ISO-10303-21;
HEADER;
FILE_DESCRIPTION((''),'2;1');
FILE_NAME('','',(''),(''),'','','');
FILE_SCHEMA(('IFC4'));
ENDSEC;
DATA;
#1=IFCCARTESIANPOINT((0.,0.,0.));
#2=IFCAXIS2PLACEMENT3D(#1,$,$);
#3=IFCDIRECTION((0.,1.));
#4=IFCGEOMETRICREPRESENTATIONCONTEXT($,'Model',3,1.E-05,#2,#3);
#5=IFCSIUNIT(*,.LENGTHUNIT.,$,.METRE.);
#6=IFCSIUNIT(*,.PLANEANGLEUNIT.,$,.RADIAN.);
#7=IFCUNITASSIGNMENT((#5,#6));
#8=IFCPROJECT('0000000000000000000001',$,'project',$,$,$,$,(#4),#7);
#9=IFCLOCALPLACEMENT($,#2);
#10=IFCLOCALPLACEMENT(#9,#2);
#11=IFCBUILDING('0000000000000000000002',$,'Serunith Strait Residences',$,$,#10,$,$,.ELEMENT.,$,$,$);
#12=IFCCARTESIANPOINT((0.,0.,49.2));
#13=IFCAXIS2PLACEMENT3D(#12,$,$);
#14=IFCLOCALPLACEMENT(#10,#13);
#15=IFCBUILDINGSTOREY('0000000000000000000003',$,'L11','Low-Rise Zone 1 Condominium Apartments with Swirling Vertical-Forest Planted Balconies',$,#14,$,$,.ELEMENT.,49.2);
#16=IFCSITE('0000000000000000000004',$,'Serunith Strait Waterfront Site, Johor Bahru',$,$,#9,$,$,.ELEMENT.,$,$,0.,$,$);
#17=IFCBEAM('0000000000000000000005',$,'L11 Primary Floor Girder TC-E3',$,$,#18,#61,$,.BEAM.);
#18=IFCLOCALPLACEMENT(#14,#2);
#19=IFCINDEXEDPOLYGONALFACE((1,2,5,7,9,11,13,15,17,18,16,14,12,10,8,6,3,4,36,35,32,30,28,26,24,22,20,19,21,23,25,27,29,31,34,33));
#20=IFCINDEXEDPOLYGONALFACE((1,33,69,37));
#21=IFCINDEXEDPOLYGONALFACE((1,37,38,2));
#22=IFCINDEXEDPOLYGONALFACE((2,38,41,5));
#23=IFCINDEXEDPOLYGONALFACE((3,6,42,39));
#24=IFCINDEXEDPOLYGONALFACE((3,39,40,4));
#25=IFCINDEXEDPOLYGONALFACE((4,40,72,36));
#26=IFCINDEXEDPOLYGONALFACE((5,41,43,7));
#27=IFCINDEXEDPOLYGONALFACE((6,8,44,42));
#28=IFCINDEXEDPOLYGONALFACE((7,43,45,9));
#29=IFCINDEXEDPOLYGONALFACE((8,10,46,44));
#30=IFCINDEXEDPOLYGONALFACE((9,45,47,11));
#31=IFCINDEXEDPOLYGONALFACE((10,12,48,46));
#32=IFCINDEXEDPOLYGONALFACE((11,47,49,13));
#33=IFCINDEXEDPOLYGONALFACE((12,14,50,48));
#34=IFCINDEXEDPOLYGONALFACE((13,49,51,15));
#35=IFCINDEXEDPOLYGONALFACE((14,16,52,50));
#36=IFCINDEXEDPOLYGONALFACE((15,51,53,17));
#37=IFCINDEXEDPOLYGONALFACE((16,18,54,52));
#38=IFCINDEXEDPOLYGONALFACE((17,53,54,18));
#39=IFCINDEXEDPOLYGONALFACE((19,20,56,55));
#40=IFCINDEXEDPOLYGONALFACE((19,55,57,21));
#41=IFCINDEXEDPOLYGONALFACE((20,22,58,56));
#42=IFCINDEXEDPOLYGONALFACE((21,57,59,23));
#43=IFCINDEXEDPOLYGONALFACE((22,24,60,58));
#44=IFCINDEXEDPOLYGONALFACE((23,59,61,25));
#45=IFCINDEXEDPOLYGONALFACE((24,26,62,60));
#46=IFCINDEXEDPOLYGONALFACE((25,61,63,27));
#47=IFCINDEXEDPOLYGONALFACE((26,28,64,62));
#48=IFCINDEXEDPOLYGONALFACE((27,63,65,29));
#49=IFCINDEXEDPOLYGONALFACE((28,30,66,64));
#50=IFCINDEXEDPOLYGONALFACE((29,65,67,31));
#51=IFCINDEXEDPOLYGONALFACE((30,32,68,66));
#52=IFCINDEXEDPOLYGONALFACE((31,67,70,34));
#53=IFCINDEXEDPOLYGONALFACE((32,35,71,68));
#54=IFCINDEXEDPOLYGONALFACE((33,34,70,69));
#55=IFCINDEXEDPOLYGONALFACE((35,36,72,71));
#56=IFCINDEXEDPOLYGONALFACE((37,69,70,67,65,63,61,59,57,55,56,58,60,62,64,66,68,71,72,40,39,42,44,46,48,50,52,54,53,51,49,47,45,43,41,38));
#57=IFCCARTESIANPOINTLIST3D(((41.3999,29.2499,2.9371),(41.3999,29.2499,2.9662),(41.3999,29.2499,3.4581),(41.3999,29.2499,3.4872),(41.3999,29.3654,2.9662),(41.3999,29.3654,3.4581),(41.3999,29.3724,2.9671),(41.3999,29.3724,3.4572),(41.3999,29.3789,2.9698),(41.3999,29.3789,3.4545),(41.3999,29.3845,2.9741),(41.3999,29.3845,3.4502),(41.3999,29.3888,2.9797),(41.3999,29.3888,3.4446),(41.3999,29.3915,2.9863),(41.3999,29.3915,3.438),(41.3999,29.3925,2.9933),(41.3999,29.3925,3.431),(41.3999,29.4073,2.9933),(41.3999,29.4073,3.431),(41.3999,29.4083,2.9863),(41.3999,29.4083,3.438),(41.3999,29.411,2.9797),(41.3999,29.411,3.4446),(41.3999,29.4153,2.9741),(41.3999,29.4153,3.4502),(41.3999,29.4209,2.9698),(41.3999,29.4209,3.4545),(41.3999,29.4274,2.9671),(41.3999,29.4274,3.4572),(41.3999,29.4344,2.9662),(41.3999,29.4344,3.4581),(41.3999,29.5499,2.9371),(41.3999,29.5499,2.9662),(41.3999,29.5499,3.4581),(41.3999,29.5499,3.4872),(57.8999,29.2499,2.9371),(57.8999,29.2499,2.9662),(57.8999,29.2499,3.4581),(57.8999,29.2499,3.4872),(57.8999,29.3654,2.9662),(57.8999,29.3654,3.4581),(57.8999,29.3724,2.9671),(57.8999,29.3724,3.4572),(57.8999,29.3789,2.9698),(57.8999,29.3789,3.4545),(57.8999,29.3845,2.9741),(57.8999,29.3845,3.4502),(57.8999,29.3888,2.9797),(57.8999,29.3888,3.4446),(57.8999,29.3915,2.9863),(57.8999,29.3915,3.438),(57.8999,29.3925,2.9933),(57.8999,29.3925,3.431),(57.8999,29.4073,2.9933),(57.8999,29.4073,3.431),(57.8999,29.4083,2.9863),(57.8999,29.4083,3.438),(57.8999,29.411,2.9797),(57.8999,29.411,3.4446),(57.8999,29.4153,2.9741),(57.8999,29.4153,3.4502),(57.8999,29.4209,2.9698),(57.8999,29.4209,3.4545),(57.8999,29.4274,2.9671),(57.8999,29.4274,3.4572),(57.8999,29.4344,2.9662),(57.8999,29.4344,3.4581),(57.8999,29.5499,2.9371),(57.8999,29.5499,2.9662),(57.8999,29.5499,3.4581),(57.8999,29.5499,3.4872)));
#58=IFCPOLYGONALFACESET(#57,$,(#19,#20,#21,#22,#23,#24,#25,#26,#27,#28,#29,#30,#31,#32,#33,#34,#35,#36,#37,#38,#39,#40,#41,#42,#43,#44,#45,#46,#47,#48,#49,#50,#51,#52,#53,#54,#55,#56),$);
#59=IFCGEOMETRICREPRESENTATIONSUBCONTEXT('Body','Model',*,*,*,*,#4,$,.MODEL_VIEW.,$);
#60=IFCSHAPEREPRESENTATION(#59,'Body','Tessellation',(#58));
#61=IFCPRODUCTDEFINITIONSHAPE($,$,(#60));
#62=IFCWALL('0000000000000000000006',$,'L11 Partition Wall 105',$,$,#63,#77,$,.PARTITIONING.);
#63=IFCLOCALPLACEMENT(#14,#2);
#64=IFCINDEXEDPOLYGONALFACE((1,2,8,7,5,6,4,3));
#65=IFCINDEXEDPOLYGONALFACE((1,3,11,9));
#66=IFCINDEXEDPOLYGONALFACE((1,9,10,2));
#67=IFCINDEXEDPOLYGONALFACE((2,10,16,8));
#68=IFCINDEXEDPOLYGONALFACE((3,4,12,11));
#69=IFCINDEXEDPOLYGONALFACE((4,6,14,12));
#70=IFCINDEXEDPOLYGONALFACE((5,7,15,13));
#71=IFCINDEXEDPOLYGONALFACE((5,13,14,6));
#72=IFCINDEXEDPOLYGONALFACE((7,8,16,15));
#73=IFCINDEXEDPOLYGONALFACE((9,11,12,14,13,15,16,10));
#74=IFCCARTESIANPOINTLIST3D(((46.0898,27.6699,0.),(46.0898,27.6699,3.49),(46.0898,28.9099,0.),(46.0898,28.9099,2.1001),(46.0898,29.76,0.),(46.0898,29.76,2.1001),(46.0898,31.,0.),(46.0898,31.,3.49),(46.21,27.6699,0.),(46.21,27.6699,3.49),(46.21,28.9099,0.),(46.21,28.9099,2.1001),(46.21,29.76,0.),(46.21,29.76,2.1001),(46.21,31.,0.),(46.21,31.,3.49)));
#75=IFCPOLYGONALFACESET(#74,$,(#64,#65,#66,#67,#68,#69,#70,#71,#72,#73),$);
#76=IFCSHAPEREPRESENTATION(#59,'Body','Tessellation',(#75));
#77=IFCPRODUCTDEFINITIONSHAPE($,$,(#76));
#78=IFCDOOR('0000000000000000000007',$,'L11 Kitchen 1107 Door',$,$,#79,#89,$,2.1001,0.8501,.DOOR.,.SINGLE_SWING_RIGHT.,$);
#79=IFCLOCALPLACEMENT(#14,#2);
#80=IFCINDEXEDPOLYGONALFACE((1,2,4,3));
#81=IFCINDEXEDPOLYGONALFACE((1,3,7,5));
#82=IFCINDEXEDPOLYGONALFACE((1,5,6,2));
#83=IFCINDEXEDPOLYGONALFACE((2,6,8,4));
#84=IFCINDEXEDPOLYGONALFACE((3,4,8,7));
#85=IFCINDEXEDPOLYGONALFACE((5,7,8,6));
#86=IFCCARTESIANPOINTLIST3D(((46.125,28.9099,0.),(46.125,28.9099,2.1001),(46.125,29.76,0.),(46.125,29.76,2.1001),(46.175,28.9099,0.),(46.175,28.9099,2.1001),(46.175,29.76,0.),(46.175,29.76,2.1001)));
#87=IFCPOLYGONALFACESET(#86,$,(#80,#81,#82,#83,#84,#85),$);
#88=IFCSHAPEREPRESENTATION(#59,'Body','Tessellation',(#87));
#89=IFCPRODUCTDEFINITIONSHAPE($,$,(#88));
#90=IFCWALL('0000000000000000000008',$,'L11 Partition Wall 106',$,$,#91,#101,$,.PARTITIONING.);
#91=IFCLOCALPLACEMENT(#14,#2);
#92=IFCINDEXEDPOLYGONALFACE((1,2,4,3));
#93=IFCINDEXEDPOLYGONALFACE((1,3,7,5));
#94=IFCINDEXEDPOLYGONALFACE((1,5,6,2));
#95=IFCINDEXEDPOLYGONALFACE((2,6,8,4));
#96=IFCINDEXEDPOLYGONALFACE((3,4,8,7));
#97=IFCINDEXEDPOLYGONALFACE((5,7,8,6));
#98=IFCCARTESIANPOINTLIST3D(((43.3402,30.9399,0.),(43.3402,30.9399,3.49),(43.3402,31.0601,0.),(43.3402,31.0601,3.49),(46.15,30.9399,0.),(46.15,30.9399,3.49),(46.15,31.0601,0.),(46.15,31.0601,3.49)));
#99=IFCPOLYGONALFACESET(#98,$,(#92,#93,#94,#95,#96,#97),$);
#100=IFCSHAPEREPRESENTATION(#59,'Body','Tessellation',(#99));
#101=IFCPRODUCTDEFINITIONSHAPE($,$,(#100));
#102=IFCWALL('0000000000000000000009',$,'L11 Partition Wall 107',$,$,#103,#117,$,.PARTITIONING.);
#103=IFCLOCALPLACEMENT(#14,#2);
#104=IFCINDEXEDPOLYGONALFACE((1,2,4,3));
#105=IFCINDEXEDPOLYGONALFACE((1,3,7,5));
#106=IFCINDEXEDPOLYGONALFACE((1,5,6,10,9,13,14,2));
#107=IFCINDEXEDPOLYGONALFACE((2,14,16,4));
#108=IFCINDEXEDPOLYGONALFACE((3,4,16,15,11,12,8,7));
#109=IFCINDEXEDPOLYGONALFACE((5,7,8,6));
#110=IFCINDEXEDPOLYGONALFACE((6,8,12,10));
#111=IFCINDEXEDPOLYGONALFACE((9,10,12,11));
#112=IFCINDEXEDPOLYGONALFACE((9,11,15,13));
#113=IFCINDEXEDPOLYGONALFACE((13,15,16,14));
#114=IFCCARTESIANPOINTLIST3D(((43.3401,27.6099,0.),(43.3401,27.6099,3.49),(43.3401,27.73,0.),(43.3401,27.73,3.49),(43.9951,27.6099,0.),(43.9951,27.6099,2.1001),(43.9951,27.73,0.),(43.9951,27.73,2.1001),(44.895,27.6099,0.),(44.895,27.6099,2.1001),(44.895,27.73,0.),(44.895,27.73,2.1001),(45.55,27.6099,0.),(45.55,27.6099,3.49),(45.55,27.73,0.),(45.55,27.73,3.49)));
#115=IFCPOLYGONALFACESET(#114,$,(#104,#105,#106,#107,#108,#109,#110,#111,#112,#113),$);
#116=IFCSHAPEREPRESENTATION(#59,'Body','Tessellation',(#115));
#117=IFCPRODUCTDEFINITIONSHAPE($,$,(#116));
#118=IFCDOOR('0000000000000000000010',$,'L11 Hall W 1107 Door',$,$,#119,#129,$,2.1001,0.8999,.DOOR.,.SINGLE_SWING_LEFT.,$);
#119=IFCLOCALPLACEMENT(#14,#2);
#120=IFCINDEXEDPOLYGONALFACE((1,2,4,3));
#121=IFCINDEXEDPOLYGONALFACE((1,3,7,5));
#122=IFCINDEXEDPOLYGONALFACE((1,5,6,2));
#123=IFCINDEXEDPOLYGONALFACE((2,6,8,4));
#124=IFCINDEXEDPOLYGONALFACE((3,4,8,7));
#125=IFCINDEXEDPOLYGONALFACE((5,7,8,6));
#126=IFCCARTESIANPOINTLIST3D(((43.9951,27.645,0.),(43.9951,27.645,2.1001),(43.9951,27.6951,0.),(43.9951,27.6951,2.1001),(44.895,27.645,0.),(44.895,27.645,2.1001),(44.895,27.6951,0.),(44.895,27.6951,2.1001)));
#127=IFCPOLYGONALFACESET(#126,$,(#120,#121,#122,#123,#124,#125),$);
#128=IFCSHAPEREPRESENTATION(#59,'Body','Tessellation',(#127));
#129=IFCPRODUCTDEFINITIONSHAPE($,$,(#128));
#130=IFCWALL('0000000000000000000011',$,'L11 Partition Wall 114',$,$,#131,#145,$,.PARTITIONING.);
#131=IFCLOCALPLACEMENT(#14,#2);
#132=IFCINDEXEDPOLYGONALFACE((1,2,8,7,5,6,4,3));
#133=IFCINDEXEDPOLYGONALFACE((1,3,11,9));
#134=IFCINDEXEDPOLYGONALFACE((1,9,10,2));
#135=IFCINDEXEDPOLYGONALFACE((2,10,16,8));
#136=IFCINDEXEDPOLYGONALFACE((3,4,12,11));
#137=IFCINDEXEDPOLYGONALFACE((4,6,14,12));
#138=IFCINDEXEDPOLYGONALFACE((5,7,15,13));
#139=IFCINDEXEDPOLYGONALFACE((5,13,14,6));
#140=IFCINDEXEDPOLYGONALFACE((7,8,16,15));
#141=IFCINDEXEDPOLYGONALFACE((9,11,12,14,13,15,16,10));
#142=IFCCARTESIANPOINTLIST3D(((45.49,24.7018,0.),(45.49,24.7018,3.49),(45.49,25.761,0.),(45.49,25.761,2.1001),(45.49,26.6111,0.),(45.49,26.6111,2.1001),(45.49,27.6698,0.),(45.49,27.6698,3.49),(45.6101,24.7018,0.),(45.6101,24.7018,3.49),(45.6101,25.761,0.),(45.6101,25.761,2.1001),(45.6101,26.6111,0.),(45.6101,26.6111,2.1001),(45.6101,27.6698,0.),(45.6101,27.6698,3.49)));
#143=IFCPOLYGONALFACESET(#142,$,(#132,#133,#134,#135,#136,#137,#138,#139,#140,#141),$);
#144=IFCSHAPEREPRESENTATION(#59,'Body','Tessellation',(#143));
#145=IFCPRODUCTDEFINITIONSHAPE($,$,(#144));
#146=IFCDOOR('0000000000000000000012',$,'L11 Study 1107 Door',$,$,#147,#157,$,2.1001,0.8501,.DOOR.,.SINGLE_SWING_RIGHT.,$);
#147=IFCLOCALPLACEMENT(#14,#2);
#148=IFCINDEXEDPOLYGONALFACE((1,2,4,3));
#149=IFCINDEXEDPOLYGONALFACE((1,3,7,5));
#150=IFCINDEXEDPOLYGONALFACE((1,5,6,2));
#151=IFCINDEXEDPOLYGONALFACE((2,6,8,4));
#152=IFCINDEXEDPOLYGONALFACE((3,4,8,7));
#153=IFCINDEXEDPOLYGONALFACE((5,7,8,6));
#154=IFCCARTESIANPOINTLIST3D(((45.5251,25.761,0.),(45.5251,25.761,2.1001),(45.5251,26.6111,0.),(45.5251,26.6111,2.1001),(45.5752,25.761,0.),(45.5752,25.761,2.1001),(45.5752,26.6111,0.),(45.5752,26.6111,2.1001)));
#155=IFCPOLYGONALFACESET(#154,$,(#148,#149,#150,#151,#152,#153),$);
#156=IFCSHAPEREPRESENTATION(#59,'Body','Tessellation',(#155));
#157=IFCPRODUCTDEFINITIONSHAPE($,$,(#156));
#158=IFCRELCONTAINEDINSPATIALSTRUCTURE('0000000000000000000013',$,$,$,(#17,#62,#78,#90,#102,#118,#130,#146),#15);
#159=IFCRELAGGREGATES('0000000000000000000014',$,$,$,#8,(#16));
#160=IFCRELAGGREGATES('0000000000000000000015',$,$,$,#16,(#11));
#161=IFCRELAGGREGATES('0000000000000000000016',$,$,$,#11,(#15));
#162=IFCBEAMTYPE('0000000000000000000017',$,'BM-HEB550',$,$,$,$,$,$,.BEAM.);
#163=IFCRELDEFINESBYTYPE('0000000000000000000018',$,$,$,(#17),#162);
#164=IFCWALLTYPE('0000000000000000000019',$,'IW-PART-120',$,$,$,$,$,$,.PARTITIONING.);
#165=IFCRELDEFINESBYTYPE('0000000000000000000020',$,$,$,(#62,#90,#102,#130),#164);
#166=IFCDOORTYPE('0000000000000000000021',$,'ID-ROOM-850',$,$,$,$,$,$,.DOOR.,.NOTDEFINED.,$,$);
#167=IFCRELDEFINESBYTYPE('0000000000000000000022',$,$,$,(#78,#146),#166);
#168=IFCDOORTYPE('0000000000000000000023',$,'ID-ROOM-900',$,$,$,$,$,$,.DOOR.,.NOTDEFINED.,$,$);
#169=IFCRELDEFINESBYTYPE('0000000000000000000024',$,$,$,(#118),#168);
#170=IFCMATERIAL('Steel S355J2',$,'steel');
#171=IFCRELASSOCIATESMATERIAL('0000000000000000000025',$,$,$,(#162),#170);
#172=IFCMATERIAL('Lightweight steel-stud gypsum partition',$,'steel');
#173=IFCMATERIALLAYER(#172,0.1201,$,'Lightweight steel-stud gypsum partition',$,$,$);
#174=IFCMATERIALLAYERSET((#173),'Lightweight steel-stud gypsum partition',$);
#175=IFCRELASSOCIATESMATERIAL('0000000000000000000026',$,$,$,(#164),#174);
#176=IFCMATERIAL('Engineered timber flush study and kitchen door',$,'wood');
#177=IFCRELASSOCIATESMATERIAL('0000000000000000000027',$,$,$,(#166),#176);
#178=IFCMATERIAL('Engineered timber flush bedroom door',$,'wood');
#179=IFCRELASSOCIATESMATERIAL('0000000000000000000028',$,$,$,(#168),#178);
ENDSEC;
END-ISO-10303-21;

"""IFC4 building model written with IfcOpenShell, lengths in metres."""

from ifc_helpers import new_model, si_unit, direction, frame, frame_2d, origin, origin_2d, place, context, subcontext, project, spatial, rectangle, i_section, extrude, source, transform, mapped, material, layer, layer_set, material_profile, profile_set, type_object, element, fill, save


model = new_model("IFC4")

# Units and contexts
model_context = context("Model", 3, precision=1e-05, world=origin(), true_north=direction((0.0, 1.0)))
body_context = subcontext(model_context, "Body", "Model", "MODEL_VIEW")
ifc_project = project(units=[si_unit("LENGTHUNIT", "METRE"), si_unit("PLANEANGLEUNIT", "RADIAN")], contexts=[model_context])

# Site, building, storey
site_placement = place(None, origin())
site = spatial("IfcSite", under=ifc_project, at=site_placement, Name="Serunith Strait Waterfront Site, Johor Bahru", CompositionType="ELEMENT", RefElevation=0.0)
building_placement = place(site_placement, origin())
building = spatial("IfcBuilding", under=site, at=building_placement, Name="Serunith Strait Residences", CompositionType="ELEMENT")
storey_placement = place(building_placement, frame((0.0, 0.0, 49.2)))
storey = spatial("IfcBuildingStorey", under=building, at=storey_placement, Name="L11", Description="Low-Rise Zone 1 Condominium Apartments with Swirling Vertical-Forest Planted Balconies", CompositionType="ELEMENT", Elevation=49.2)

# Beam
ifc_material_1 = material(Name="Steel S355J2", Category="steel")
ifc_material_profile = material_profile(ifc_material_1, i_section(OverallWidth=0.3, OverallDepth=0.55, WebThickness=0.0149, FlangeThickness=0.0291, FilletRadius=0.0271, at=origin_2d()), Name="HEB 550")
ifc_profile_set = profile_set([ifc_material_profile], Name="Steel S355J2")
beam_type = type_object("IfcBeamType", Name="BM-HEB550", PredefinedType="BEAM", material=ifc_profile_set)
shared_shape_1 = source(origin(), body_context, "Body", "SweptSolid", [
    extrude(i_section(OverallWidth=0.3, OverallDepth=0.55, WebThickness=0.0149, FlangeThickness=0.0291, FilletRadius=0.0271, at=origin_2d()), origin(), (0.0, 0.0, 1.0), 16.5),
])
beam_placement = place(storey_placement, frame((41.3999, 29.3999, 3.2122), z_axis=(1.0, 0.0, 0.0), x_axis=(0.0, 1.0, 0.0)))
element("IfcBeam", 1, at=beam_placement, inside=storey, type_object=beam_type, Name="L11 Primary Floor Girder TC-E3", PredefinedType="BEAM", context=body_context, shape_type="MappedRepresentation", body=[
    mapped(shared_shape_1, transform((0.0, 0.0, 0.0), scale=1.0)),
])

# Wall, opening, door
ifc_material_2 = material(Name="Lightweight steel-stud gypsum partition", Category="steel")
ifc_layer_1 = layer(ifc_material_2, 0.1201, Name="Lightweight steel-stud gypsum partition")
ifc_layer_set_1 = layer_set([ifc_layer_1], Name="Lightweight steel-stud gypsum partition")
wall_type_1 = type_object("IfcWallType", Name="IW-PART-120", PredefinedType="PARTITIONING", material=ifc_layer_set_1)
wall_1_placement = place(storey_placement, frame((46.1499, 27.6699, 0.0), z_axis=(0.0, 0.0, 1.0), x_axis=(0.0, 1.0, 0.0)))
wall_1 = element("IfcWall", 2, at=wall_1_placement, inside=storey, type_object=wall_type_1, Name="L11 Partition Wall 105", PredefinedType="PARTITIONING", context=body_context, shape_type="SweptSolid", body=[
    extrude(rectangle(XDim=3.3301, YDim=0.1201, at=frame_2d((1.665, 0.0))), origin(), (0.0, 0.0, 1.0), 3.49),
])
opening_1_placement = place(wall_1_placement, frame((1.24, 0.0, 0.0)))
opening_1 = element("IfcOpeningElement", 3, at=opening_1_placement, cuts=wall_1, PredefinedType="OPENING", context=body_context, shape_type="SweptSolid", body=[
    extrude(rectangle(XDim=0.8501, YDim=2.1001, at=frame_2d((0.425, 1.05))), frame((0.0, 0.0701, 0.0), z_axis=(0.0, -1.0, 0.0), x_axis=(1.0, 0.0, 0.0)), (0.0, 0.0, 1.0), 0.1401),
])
ifc_material_3 = material(Name="Engineered timber flush study and kitchen door", Category="wood")
door_type_1 = type_object("IfcDoorType", Name="ID-ROOM-850", OperationType="NOTDEFINED", PredefinedType="DOOR", material=ifc_material_3)
shared_shape_2 = source(origin(), body_context, "Body", "SweptSolid", [
    extrude(rectangle(XDim=0.8501, YDim=2.1001, at=frame_2d((0.425, 1.05))), frame((0.0, 0.0249, 0.0), z_axis=(0.0, -1.0, 0.0), x_axis=(1.0, 0.0, 0.0)), (0.0, 0.0, 1.0), 0.05),
])
door_1_placement = place(opening_1_placement, origin())
door_1 = element("IfcDoor", 4, at=door_1_placement, inside=storey, type_object=door_type_1, Name="L11 Kitchen 1107 Door", OperationType="SINGLE_SWING_RIGHT", OverallHeight=2.1001, OverallWidth=0.8501, PredefinedType="DOOR", context=body_context, shape_type="MappedRepresentation", body=[
    mapped(shared_shape_2, transform((0.0, 0.0, 0.0), scale=1.0)),
])
fill(opening_1, door_1)

# Wall
wall_2_placement = place(storey_placement, frame((46.1499, 31.0, 0.0), z_axis=(0.0, 0.0, 1.0), x_axis=(-1.0, 0.0, 0.0)))
element("IfcWall", 5, at=wall_2_placement, inside=storey, type_object=wall_type_1, Name="L11 Partition Wall 106", PredefinedType="PARTITIONING", context=body_context, shape_type="SweptSolid", body=[
    extrude(rectangle(XDim=2.8098, YDim=0.1201, at=frame_2d((1.4048, 0.0))), origin(), (0.0, 0.0, 1.0), 3.49),
])

# Walls, openings, doors
wall_3_placement = place(storey_placement, frame((45.55, 27.6699, 0.0), z_axis=(0.0, 0.0, 1.0), x_axis=(-1.0, 0.0, 0.0)))
wall_3 = element("IfcWall", 6, at=wall_3_placement, inside=storey, type_object=wall_type_1, Name="L11 Partition Wall 107", PredefinedType="PARTITIONING", context=body_context, shape_type="SweptSolid", body=[
    extrude(rectangle(XDim=2.21, YDim=0.1201, at=frame_2d((1.105, 0.0))), origin(), (0.0, 0.0, 1.0), 3.49),
])
opening_2_placement = place(wall_3_placement, frame((0.655, 0.0, 0.0)))
opening_2 = element("IfcOpeningElement", 7, at=opening_2_placement, cuts=wall_3, PredefinedType="OPENING", context=body_context, shape_type="SweptSolid", body=[
    extrude(rectangle(XDim=0.8999, YDim=2.1001, at=frame_2d((0.45, 1.05))), frame((0.0, 0.0701, 0.0), z_axis=(0.0, -1.0, 0.0), x_axis=(1.0, 0.0, 0.0)), (0.0, 0.0, 1.0), 0.1401),
])
ifc_material_4 = material(Name="Engineered timber flush bedroom door", Category="wood")
door_type_2 = type_object("IfcDoorType", Name="ID-ROOM-900", OperationType="NOTDEFINED", PredefinedType="DOOR", material=ifc_material_4)
shared_shape_3 = source(origin(), body_context, "Body", "SweptSolid", [
    extrude(rectangle(XDim=0.8999, YDim=2.1001, at=frame_2d((0.45, 1.05))), frame((0.0, 0.0249, 0.0), z_axis=(0.0, -1.0, 0.0), x_axis=(1.0, 0.0, 0.0)), (0.0, 0.0, 1.0), 0.05),
])
door_2_placement = place(opening_2_placement, origin())
door_2 = element("IfcDoor", 8, at=door_2_placement, inside=storey, type_object=door_type_2, Name="L11 Hall W 1107 Door", OperationType="SINGLE_SWING_LEFT", OverallHeight=2.1001, OverallWidth=0.8999, PredefinedType="DOOR", context=body_context, shape_type="MappedRepresentation", body=[
    mapped(shared_shape_3, transform((0.0, 0.0, 0.0), scale=1.0)),
])
fill(opening_2, door_2)
wall_4_placement = place(storey_placement, frame((45.55, 24.7019, 0.0), z_axis=(0.0, 0.0, 1.0), x_axis=(0.0, 1.0, 0.0)))
wall_4 = element("IfcWall", 9, at=wall_4_placement, inside=storey, type_object=wall_type_1, Name="L11 Partition Wall 114", PredefinedType="PARTITIONING", context=body_context, shape_type="SweptSolid", body=[
    extrude(rectangle(XDim=2.968, YDim=0.1201, at=frame_2d((1.4839, 0.0))), origin(), (0.0, 0.0, 1.0), 3.49),
])
opening_3_placement = place(wall_4_placement, frame((1.0591, 0.0, 0.0)))
opening_3 = element("IfcOpeningElement", 10, at=opening_3_placement, cuts=wall_4, PredefinedType="OPENING", context=body_context, shape_type="SweptSolid", body=[
    extrude(rectangle(XDim=0.8501, YDim=2.1001, at=frame_2d((0.425, 1.05))), frame((0.0, 0.0701, 0.0), z_axis=(0.0, -1.0, 0.0), x_axis=(1.0, 0.0, 0.0)), (0.0, 0.0, 1.0), 0.1401),
])
door_3_placement = place(opening_3_placement, origin())
door_3 = element("IfcDoor", 11, at=door_3_placement, inside=storey, type_object=door_type_1, Name="L11 Study 1107 Door", OperationType="SINGLE_SWING_RIGHT", OverallHeight=2.1001, OverallWidth=0.8501, PredefinedType="DOOR", context=body_context, shape_type="MappedRepresentation", body=[
    mapped(shared_shape_2, transform((0.0, 0.0, 0.0), scale=1.0)),
])
fill(opening_3, door_3)

save(model, "model.ifc")
